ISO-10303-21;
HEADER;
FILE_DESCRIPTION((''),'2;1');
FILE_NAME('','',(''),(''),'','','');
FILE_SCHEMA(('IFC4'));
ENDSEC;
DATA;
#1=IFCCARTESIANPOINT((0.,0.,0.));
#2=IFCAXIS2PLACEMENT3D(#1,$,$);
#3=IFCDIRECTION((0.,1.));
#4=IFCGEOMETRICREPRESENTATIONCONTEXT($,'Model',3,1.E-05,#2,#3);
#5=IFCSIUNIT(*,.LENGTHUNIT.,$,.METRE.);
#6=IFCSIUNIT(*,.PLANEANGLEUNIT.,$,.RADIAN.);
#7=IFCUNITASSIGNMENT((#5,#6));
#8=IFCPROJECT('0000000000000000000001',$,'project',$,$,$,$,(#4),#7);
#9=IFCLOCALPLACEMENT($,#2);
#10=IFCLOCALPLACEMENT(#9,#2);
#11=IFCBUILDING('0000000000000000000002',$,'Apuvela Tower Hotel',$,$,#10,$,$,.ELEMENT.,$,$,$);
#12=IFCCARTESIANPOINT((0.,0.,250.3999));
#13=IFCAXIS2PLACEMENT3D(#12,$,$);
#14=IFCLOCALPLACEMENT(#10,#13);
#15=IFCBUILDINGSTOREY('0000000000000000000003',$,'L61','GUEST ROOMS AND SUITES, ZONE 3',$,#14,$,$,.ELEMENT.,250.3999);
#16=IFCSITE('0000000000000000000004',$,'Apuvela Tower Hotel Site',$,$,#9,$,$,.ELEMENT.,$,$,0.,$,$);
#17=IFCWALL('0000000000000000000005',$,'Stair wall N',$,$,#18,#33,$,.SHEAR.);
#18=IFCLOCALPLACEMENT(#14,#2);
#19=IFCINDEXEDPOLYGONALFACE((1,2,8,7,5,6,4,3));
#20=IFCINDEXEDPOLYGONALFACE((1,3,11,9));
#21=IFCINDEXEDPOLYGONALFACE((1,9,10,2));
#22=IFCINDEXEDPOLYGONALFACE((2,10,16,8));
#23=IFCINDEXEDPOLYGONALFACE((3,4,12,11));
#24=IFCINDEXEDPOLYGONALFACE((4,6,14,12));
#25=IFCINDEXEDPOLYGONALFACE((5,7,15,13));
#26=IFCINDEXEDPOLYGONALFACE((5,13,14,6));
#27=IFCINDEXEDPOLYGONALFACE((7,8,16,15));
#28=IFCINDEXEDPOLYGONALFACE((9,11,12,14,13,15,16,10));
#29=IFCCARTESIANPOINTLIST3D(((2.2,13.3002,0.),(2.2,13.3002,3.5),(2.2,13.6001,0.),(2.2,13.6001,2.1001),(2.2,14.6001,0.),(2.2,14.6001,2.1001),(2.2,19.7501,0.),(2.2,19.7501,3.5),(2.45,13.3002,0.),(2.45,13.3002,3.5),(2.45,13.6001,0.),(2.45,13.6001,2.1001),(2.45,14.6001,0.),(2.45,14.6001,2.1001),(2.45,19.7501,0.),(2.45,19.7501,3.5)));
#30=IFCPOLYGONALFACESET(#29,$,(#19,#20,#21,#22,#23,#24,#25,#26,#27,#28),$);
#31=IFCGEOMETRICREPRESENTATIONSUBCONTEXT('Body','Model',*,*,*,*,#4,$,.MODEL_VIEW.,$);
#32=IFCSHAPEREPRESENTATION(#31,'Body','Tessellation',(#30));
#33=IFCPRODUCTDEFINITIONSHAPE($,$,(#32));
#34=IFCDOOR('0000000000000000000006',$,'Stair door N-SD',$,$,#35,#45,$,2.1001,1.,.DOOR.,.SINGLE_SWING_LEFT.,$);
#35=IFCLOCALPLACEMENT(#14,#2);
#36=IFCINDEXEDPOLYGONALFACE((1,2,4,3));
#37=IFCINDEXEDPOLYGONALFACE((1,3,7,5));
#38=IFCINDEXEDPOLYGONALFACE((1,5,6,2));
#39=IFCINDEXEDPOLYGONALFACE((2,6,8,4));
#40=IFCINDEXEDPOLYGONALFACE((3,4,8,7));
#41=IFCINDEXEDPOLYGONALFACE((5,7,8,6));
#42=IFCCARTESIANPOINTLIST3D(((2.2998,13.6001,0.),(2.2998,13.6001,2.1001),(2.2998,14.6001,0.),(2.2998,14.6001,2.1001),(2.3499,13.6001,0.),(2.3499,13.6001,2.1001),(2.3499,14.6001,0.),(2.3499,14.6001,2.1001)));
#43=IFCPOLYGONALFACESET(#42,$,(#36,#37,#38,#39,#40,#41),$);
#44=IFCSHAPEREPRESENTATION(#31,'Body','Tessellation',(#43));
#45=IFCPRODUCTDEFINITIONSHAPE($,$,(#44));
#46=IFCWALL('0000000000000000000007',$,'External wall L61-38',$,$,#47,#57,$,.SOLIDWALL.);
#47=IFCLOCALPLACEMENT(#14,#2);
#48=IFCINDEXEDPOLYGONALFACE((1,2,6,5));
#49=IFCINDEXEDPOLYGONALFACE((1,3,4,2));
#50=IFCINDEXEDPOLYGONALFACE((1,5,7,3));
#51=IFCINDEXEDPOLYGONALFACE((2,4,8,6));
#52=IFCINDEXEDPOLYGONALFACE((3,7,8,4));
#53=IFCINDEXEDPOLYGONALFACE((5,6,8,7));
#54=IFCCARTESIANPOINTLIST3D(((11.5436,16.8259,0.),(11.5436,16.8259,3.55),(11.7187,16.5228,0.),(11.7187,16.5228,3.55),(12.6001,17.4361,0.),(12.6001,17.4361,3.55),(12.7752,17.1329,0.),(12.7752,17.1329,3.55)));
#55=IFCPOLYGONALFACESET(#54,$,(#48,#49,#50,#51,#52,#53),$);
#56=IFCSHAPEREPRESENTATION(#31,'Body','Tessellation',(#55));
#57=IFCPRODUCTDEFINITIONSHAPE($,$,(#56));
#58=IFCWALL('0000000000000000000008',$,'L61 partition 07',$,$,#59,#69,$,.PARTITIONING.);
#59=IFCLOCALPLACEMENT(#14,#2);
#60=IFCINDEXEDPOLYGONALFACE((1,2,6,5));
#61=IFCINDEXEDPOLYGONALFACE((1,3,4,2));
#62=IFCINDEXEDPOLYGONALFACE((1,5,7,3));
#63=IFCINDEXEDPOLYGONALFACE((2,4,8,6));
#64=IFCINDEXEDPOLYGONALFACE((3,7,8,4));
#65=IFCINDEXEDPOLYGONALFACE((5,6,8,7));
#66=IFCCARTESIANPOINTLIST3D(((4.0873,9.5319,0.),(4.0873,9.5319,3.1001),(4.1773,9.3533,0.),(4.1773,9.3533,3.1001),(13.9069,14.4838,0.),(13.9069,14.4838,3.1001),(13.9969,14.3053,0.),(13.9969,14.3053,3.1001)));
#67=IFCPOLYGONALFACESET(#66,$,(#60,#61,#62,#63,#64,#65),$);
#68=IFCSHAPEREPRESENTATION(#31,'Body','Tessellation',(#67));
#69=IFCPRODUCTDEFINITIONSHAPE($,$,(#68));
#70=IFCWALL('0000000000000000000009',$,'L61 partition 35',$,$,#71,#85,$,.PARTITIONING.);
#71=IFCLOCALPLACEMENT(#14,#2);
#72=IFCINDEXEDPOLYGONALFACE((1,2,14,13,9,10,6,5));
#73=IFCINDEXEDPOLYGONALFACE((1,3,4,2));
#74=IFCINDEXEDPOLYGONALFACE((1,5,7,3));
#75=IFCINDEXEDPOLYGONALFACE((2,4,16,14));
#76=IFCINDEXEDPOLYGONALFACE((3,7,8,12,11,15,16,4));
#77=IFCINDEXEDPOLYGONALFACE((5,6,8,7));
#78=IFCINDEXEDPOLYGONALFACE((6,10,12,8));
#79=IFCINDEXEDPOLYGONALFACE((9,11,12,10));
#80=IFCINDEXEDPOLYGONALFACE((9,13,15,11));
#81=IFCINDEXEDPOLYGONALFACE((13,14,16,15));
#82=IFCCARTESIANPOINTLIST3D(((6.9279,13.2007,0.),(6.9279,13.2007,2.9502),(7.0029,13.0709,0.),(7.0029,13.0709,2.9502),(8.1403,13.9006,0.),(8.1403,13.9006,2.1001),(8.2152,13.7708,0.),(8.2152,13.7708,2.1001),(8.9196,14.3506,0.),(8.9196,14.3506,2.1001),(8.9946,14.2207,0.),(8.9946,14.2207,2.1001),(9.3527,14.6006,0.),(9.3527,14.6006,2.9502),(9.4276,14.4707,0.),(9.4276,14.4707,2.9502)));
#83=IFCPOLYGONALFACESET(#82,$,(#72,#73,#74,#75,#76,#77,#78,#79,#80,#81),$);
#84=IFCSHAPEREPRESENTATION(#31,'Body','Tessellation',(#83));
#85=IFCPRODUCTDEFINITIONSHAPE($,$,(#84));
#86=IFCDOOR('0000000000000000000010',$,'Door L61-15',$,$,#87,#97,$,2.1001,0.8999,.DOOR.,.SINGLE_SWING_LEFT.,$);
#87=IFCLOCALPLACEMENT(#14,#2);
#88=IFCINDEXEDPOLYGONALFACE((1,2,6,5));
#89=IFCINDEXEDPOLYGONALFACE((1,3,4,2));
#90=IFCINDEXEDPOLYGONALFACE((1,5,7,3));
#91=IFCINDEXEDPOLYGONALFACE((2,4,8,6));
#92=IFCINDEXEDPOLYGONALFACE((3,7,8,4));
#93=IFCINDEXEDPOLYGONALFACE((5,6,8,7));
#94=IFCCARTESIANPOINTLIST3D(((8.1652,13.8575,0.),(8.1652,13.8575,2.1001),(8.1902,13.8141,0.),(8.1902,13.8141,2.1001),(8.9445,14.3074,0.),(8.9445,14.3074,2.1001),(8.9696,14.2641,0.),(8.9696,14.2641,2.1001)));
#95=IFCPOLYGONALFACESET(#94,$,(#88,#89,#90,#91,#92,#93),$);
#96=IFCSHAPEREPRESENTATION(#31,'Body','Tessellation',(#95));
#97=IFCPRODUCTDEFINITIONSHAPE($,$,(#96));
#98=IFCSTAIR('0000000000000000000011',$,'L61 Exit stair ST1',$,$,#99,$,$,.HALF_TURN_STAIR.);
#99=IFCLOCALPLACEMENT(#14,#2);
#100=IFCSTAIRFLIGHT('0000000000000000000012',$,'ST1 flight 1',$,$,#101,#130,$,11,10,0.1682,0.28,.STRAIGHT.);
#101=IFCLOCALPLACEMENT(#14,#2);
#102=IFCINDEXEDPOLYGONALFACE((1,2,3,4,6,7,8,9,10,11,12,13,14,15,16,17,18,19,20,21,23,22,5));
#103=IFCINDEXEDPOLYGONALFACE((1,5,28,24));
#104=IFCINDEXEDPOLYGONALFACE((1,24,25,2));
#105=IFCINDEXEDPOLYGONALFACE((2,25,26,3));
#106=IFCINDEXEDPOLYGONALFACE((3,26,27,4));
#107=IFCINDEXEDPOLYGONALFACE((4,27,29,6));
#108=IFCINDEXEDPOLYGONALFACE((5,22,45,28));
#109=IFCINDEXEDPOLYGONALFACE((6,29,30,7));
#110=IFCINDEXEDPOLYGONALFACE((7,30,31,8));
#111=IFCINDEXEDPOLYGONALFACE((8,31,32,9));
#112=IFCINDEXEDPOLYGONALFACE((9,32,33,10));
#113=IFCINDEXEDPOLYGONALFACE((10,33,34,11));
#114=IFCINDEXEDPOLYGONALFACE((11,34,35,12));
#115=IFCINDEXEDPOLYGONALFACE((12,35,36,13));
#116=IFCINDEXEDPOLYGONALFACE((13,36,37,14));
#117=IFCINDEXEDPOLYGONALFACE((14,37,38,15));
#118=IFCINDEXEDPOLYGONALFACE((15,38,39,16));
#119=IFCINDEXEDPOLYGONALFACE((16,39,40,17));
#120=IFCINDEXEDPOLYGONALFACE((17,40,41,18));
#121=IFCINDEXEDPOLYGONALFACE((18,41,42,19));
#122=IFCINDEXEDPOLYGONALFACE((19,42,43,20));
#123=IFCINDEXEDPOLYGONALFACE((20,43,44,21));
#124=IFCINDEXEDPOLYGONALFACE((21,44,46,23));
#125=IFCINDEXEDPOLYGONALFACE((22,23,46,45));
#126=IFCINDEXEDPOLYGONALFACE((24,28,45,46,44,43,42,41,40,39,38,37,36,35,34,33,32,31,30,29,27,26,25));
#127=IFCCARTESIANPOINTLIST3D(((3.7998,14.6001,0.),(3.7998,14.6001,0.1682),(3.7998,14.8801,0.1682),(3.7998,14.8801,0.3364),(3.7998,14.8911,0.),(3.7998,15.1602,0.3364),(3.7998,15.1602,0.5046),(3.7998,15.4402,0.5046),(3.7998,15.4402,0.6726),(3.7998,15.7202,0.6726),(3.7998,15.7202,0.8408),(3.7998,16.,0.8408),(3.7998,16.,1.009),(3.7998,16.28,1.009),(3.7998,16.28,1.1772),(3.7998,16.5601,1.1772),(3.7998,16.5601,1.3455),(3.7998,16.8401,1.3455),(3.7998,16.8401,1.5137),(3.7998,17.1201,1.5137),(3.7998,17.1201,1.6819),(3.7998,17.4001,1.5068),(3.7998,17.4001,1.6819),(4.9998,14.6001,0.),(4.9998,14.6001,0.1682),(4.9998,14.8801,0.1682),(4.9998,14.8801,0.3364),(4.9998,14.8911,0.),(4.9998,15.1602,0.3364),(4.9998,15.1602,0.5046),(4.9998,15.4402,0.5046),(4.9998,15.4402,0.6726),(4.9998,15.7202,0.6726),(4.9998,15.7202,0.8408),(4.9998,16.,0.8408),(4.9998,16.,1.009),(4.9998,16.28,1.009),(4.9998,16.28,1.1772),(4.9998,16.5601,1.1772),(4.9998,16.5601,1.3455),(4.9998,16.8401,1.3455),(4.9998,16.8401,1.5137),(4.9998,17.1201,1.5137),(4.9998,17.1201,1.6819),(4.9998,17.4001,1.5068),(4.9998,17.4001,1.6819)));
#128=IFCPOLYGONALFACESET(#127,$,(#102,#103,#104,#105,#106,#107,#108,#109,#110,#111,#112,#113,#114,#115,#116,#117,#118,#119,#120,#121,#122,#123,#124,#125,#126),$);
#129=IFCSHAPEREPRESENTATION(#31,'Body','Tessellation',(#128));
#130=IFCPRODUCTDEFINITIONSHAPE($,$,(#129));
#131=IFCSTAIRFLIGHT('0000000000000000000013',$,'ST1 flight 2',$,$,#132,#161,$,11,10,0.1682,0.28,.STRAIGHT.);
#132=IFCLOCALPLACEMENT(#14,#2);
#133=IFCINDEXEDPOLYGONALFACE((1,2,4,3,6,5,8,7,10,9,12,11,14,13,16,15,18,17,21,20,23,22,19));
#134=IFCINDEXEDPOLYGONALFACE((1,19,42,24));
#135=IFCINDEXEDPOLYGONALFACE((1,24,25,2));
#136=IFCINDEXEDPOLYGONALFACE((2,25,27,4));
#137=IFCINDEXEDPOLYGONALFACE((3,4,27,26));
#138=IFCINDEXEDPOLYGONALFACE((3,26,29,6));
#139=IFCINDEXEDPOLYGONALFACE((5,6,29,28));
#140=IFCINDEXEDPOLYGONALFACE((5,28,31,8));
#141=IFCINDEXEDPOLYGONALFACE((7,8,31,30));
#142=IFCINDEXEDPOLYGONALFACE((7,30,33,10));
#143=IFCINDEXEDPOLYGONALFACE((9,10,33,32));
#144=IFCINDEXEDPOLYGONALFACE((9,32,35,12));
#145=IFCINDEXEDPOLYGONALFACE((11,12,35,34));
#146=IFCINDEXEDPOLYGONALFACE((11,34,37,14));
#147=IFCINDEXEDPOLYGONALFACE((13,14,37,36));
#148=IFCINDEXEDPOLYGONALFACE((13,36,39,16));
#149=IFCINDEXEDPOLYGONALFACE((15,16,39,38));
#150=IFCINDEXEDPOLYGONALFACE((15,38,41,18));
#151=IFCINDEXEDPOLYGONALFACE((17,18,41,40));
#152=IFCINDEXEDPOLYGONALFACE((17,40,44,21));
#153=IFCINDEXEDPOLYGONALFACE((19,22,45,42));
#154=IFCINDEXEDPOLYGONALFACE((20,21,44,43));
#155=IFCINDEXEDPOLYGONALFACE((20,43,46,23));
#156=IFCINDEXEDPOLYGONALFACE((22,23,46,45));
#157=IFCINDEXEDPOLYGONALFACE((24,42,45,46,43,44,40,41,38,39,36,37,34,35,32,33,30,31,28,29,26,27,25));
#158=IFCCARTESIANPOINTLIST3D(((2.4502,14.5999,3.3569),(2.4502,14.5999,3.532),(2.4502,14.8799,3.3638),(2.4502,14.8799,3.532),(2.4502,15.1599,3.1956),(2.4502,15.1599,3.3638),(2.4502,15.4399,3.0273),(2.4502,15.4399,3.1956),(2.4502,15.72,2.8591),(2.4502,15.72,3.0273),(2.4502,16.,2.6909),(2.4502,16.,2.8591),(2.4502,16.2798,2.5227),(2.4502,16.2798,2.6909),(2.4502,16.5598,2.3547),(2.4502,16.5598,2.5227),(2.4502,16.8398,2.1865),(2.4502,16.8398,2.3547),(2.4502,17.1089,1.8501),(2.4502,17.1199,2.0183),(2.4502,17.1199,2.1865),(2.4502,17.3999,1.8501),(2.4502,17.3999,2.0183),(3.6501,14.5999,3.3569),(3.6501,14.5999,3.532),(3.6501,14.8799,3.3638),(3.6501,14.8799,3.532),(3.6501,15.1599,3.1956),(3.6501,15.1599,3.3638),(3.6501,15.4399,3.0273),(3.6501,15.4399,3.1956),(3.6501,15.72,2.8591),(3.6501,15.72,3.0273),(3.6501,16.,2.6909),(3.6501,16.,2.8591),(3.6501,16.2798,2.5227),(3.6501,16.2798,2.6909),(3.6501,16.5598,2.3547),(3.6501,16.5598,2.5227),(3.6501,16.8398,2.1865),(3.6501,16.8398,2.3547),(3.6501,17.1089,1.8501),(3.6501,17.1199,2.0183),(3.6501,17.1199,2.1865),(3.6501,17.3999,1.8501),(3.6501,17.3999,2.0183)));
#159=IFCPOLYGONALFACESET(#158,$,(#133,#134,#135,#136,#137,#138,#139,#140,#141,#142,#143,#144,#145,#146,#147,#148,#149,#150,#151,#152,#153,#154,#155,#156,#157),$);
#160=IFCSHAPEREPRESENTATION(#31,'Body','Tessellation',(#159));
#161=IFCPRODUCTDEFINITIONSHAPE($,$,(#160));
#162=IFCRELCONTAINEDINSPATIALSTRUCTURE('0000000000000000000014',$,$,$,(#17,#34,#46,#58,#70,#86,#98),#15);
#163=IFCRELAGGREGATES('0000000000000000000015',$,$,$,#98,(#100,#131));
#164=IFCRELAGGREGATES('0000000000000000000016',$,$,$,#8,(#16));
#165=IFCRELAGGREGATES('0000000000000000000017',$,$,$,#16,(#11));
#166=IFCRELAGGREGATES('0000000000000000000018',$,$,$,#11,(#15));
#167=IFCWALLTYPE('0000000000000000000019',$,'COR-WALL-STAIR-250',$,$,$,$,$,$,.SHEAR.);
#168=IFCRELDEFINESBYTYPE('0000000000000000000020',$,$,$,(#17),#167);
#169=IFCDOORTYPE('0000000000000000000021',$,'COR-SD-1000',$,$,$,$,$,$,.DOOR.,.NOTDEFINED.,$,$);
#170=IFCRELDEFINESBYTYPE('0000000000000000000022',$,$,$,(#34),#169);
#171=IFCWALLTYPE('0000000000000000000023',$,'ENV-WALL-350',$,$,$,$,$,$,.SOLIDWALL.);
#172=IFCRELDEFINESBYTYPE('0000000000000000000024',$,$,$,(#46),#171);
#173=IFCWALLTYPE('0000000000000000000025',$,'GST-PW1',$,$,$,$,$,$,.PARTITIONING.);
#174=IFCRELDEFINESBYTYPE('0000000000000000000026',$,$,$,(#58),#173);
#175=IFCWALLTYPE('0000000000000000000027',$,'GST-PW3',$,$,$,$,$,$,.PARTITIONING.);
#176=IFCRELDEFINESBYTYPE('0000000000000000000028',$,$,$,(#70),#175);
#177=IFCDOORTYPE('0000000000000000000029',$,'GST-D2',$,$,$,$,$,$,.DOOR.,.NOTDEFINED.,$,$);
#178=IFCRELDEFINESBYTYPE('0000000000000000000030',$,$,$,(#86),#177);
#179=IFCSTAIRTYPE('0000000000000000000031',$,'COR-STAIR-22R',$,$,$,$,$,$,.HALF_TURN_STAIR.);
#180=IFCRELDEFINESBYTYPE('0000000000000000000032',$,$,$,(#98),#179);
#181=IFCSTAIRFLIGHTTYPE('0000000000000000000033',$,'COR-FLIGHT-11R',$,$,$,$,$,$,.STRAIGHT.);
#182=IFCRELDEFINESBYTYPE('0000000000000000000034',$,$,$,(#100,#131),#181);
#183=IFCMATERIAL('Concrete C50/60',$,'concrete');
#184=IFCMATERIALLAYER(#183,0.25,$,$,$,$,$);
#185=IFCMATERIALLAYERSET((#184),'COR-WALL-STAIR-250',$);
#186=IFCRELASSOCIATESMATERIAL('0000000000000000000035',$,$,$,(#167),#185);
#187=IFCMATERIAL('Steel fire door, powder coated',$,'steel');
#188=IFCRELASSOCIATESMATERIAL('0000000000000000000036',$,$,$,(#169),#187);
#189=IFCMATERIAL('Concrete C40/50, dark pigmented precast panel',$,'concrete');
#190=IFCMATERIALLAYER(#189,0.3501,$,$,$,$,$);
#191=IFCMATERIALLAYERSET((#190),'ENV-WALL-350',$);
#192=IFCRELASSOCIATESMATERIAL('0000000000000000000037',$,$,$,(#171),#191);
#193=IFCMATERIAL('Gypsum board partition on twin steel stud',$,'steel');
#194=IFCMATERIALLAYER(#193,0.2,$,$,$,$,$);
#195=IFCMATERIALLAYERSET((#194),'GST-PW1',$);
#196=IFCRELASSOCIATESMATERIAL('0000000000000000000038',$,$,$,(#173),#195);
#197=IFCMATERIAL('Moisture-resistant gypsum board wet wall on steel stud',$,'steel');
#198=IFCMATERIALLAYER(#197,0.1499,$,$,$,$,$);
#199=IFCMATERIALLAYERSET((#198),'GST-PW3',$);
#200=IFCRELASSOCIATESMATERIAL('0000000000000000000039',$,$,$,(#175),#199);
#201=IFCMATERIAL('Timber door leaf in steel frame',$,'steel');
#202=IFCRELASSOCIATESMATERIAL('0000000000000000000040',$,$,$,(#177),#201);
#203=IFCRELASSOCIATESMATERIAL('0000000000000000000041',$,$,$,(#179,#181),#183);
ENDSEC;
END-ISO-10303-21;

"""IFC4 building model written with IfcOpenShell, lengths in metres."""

from ifc_helpers import new_model, si_unit, direction, frame, frame_2d, origin, place, context, subcontext, project, spatial, polyline, rectangle, outline, extrude, material, layer, layer_set, type_object, element, fill, aggregate, save


model = new_model("IFC4")

# Units and contexts
model_context = context("Model", 3, precision=1e-05, world=origin(), true_north=direction((0.0, 1.0)))
body_context = subcontext(model_context, "Body", "Model", "MODEL_VIEW")
ifc_project = project(units=[si_unit("LENGTHUNIT", "METRE"), si_unit("PLANEANGLEUNIT", "RADIAN")], contexts=[model_context])

# Site, building, storey
site_placement = place(None, origin())
site = spatial("IfcSite", under=ifc_project, at=site_placement, Name="Apuvela Tower Hotel Site", CompositionType="ELEMENT", RefElevation=0.0)
building_placement = place(site_placement, origin())
building = spatial("IfcBuilding", under=site, at=building_placement, Name="Apuvela Tower Hotel", CompositionType="ELEMENT")
storey_placement = place(building_placement, frame((0.0, 0.0, 250.3999)))
storey = spatial("IfcBuildingStorey", under=building, at=storey_placement, Name="L61", Description="GUEST ROOMS AND SUITES, ZONE 3", CompositionType="ELEMENT", Elevation=250.3999)

# Shared definitions
ifc_material_1 = material(Name="Concrete C50/60", Category="concrete")
ifc_material_2 = material(Name="Steel fire door, powder coated", Category="steel")

# Wall, opening, door
ifc_layer_1 = layer(ifc_material_1, 0.25)
ifc_layer_set_1 = layer_set([ifc_layer_1], Name="COR-WALL-STAIR-250")
wall_type_1 = type_object("IfcWallType", Name="COR-WALL-STAIR-250", PredefinedType="SHEAR", material=ifc_layer_set_1)
wall_1_placement = place(storey_placement, frame((2.325, 13.3, 0.0), z_axis=(0.0, 0.0, 1.0), x_axis=(0.0, 1.0, 0.0)))
wall_1 = element("IfcWall", 1, at=wall_1_placement, inside=storey, type_object=wall_type_1, Name="Stair wall N", PredefinedType="SHEAR", context=body_context, shape_type="SweptSolid", body=[
    extrude(rectangle(XDim=6.45, YDim=0.25, at=frame_2d((3.2251, 0.0))), origin(), (0.0, 0.0, 1.0), 3.5),
])
opening_1_placement = place(wall_1_placement, frame((0.3, 0.0, 0.0)))
opening_1 = element("IfcOpeningElement", 2, at=opening_1_placement, cuts=wall_1, PredefinedType="OPENING", context=body_context, shape_type="SweptSolid", body=[
    extrude(rectangle(XDim=1.0, YDim=2.1001, at=frame_2d((0.5, 1.05))), frame((0.0, 0.135, 0.0), z_axis=(0.0, -1.0, 0.0), x_axis=(1.0, 0.0, 0.0)), (0.0, 0.0, 1.0), 0.27),
])
door_type_1 = type_object("IfcDoorType", Name="COR-SD-1000", OperationType="NOTDEFINED", PredefinedType="DOOR", material=ifc_material_2)
door_1_placement = place(opening_1_placement, frame((1.0, 0.0, 0.0), z_axis=(0.0, 0.0, 1.0), x_axis=(-1.0, 0.0, 0.0)))
door_1 = element("IfcDoor", 3, at=door_1_placement, inside=storey, type_object=door_type_1, Name="Stair door N-SD", OperationType="SINGLE_SWING_LEFT", OverallHeight=2.1001, OverallWidth=1.0, PredefinedType="DOOR", context=body_context, shape_type="SweptSolid", body=[
    extrude(rectangle(XDim=1.0, YDim=2.1001, at=frame_2d((0.5, 1.05))), frame((0.0, 0.0249, 0.0), z_axis=(0.0, -1.0, 0.0), x_axis=(1.0, 0.0, 0.0)), (0.0, 0.0, 1.0), 0.05),
])
fill(opening_1, door_1)

# Wall
ifc_material_3 = material(Name="Concrete C40/50, dark pigmented precast panel", Category="concrete")
ifc_layer_2 = layer(ifc_material_3, 0.3501)
ifc_layer_set_2 = layer_set([ifc_layer_2], Name="ENV-WALL-350")
wall_type_2 = type_object("IfcWallType", Name="ENV-WALL-350", PredefinedType="SOLIDWALL", material=ifc_layer_set_2)
wall_2_placement = place(storey_placement, frame((12.6875, 17.2844, 0.0), z_axis=(0.0, 0.0, 1.0), x_axis=(-0.865956, -0.500121, 0.0)))
element("IfcWall", 4, at=wall_2_placement, inside=storey, type_object=wall_type_2, Name="External wall L61-38", PredefinedType="SOLIDWALL", context=body_context, shape_type="SweptSolid", body=[
    extrude(rectangle(XDim=1.22, YDim=0.3501, at=frame_2d((0.6099, 0.0))), origin(), (0.0, 0.0, 1.0), 3.55),
])

# Wall
ifc_material_4 = material(Name="Gypsum board partition on twin steel stud", Category="steel")
ifc_layer_3 = layer(ifc_material_4, 0.2)
ifc_layer_set_3 = layer_set([ifc_layer_3], Name="GST-PW1")
wall_type_3 = type_object("IfcWallType", Name="GST-PW1", PredefinedType="PARTITIONING", material=ifc_layer_set_3)
wall_3_placement = place(storey_placement, frame((13.9519, 14.3945, 0.0), z_axis=(0.0, 0.0, 1.0), x_axis=(-0.89289, -0.450275, 0.0)))
element("IfcWall", 5, at=wall_3_placement, inside=storey, type_object=wall_type_3, Name="L61 partition 07", PredefinedType="PARTITIONING", context=body_context, shape_type="SweptSolid", body=[
    extrude(rectangle(XDim=10.9976, YDim=0.2, at=frame_2d((5.4988, 0.0))), origin(), (0.0, 0.0, 1.0), 3.1001),
])

# Wall, opening, door
ifc_material_5 = material(Name="Moisture-resistant gypsum board wet wall on steel stud", Category="steel")
ifc_layer_4 = layer(ifc_material_5, 0.1499)
ifc_layer_set_4 = layer_set([ifc_layer_4], Name="GST-PW3")
wall_type_4 = type_object("IfcWallType", Name="GST-PW3", PredefinedType="PARTITIONING", material=ifc_layer_set_4)
wall_4_placement = place(storey_placement, frame((9.3901, 14.5356, 0.0), z_axis=(0.0, 0.0, 1.0), x_axis=(-0.866035, -0.499984, 0.0)))
wall_4 = element("IfcWall", 6, at=wall_4_placement, inside=storey, type_object=wall_type_4, Name="L61 partition 35", PredefinedType="PARTITIONING", context=body_context, shape_type="SweptSolid", body=[
    extrude(rectangle(XDim=2.7998, YDim=0.1499, at=frame_2d((1.3999, 0.0))), origin(), (0.0, 0.0, 1.0), 2.9502),
])
opening_2_placement = place(wall_4_placement, frame((0.5, 0.0, 0.0)))
opening_2 = element("IfcOpeningElement", 7, at=opening_2_placement, cuts=wall_4, PredefinedType="OPENING", context=body_context, shape_type="SweptSolid", body=[
    extrude(rectangle(XDim=0.8999, YDim=2.1001, at=frame_2d((0.45, 1.05))), frame((0.0, 0.085, 0.0), z_axis=(0.0, -1.0, 0.0), x_axis=(1.0, 0.0, 0.0)), (0.0, 0.0, 1.0), 0.1699),
])
ifc_material_6 = material(Name="Timber door leaf in steel frame", Category="steel")
door_type_2 = type_object("IfcDoorType", Name="GST-D2", OperationType="NOTDEFINED", PredefinedType="DOOR", material=ifc_material_6)
door_2_placement = place(opening_2_placement, origin())
door_2 = element("IfcDoor", 8, at=door_2_placement, inside=storey, type_object=door_type_2, Name="Door L61-15", OperationType="SINGLE_SWING_LEFT", OverallHeight=2.1001, OverallWidth=0.8999, PredefinedType="DOOR", context=body_context, shape_type="SweptSolid", body=[
    extrude(rectangle(XDim=0.8999, YDim=2.1001, at=frame_2d((0.45, 1.05))), frame((0.0, 0.0249, 0.0), z_axis=(0.0, -1.0, 0.0), x_axis=(1.0, 0.0, 0.0)), (0.0, 0.0, 1.0), 0.05),
])
fill(opening_2, door_2)

# Stair, stair flights
stair_type = type_object("IfcStairType", Name="COR-STAIR-22R", PredefinedType="HALF_TURN_STAIR", material=ifc_material_1)
stair_placement = place(storey_placement, origin())
stair = element("IfcStair", 9, at=stair_placement, inside=storey, type_object=stair_type, Name="L61 Exit stair ST1", PredefinedType="HALF_TURN_STAIR")
stair_flight_type = type_object("IfcStairFlightType", Name="COR-FLIGHT-11R", PredefinedType="STRAIGHT", material=ifc_material_1)
stair_flight_1_placement = place(storey_placement, frame((4.3999, 14.6001, 0.0), z_axis=(0.0, 0.0, 1.0), x_axis=(0.0, 1.0, 0.0)))
stair_flight_1 = element("IfcStairFlight", 10, at=stair_flight_1_placement, type_object=stair_flight_type, Name="ST1 flight 1", NumberOfRisers=11, NumberOfTreads=10, PredefinedType="STRAIGHT", RiserHeight=0.1682, TreadLength=0.28, context=body_context, shape_type="SweptSolid", body=[
    extrude(outline(polyline([(0.0, 0.0), (0.0, 0.1682), (0.28, 0.1682), (0.28, 0.3364), (0.5601, 0.3364), (0.5601, 0.5046), (0.8401, 0.5046), (0.8401, 0.6726), (1.1201, 0.6726), (1.1201, 0.8408), (1.3999, 0.8408), (1.3999, 1.009), (1.6799, 1.009), (1.6799, 1.1772), (1.96, 1.1772), (1.96, 1.3455), (2.24, 1.3455), (2.24, 1.5137), (2.52, 1.5137), (2.52, 1.6819), (2.8, 1.6819), (2.8, 1.8501), (2.8, 1.5068), (0.291, 0.0), (0.0, 0.0)])), frame((0.0, 0.6001, 0.0), z_axis=(0.0, -1.0, 0.0), x_axis=(1.0, 0.0, 0.0)), (0.0, 0.0, 1.0), 1.2),
])
stair_flight_2_placement = place(storey_placement, frame((3.05, 17.3999, 1.8501), z_axis=(0.0, 0.0, 1.0), x_axis=(0.0, -1.0, 0.0)))
stair_flight_2 = element("IfcStairFlight", 11, at=stair_flight_2_placement, type_object=stair_flight_type, Name="ST1 flight 2", NumberOfRisers=11, NumberOfTreads=10, PredefinedType="STRAIGHT", RiserHeight=0.1682, TreadLength=0.28, context=body_context, shape_type="SweptSolid", body=[
    extrude(outline(polyline([(0.0, 0.0), (0.0, 0.1682), (0.28, 0.1682), (0.28, 0.3364), (0.5601, 0.3364), (0.5601, 0.5046), (0.8401, 0.5046), (0.8401, 0.6726), (1.1201, 0.6726), (1.1201, 0.8408), (1.3999, 0.8408), (1.3999, 1.009), (1.6799, 1.009), (1.6799, 1.1772), (1.96, 1.1772), (1.96, 1.3455), (2.24, 1.3455), (2.24, 1.5137), (2.52, 1.5137), (2.52, 1.6819), (2.8, 1.6819), (2.8, 1.8501), (2.8, 1.5068), (0.291, 0.0), (0.0, 0.0)])), frame((0.0, 0.6001, 0.0), z_axis=(0.0, -1.0, 0.0), x_axis=(1.0, 0.0, 0.0)), (0.0, 0.0, 1.0), 1.2),
])
aggregate(stair, [stair_flight_1, stair_flight_2])

save(model, "model.ifc")
